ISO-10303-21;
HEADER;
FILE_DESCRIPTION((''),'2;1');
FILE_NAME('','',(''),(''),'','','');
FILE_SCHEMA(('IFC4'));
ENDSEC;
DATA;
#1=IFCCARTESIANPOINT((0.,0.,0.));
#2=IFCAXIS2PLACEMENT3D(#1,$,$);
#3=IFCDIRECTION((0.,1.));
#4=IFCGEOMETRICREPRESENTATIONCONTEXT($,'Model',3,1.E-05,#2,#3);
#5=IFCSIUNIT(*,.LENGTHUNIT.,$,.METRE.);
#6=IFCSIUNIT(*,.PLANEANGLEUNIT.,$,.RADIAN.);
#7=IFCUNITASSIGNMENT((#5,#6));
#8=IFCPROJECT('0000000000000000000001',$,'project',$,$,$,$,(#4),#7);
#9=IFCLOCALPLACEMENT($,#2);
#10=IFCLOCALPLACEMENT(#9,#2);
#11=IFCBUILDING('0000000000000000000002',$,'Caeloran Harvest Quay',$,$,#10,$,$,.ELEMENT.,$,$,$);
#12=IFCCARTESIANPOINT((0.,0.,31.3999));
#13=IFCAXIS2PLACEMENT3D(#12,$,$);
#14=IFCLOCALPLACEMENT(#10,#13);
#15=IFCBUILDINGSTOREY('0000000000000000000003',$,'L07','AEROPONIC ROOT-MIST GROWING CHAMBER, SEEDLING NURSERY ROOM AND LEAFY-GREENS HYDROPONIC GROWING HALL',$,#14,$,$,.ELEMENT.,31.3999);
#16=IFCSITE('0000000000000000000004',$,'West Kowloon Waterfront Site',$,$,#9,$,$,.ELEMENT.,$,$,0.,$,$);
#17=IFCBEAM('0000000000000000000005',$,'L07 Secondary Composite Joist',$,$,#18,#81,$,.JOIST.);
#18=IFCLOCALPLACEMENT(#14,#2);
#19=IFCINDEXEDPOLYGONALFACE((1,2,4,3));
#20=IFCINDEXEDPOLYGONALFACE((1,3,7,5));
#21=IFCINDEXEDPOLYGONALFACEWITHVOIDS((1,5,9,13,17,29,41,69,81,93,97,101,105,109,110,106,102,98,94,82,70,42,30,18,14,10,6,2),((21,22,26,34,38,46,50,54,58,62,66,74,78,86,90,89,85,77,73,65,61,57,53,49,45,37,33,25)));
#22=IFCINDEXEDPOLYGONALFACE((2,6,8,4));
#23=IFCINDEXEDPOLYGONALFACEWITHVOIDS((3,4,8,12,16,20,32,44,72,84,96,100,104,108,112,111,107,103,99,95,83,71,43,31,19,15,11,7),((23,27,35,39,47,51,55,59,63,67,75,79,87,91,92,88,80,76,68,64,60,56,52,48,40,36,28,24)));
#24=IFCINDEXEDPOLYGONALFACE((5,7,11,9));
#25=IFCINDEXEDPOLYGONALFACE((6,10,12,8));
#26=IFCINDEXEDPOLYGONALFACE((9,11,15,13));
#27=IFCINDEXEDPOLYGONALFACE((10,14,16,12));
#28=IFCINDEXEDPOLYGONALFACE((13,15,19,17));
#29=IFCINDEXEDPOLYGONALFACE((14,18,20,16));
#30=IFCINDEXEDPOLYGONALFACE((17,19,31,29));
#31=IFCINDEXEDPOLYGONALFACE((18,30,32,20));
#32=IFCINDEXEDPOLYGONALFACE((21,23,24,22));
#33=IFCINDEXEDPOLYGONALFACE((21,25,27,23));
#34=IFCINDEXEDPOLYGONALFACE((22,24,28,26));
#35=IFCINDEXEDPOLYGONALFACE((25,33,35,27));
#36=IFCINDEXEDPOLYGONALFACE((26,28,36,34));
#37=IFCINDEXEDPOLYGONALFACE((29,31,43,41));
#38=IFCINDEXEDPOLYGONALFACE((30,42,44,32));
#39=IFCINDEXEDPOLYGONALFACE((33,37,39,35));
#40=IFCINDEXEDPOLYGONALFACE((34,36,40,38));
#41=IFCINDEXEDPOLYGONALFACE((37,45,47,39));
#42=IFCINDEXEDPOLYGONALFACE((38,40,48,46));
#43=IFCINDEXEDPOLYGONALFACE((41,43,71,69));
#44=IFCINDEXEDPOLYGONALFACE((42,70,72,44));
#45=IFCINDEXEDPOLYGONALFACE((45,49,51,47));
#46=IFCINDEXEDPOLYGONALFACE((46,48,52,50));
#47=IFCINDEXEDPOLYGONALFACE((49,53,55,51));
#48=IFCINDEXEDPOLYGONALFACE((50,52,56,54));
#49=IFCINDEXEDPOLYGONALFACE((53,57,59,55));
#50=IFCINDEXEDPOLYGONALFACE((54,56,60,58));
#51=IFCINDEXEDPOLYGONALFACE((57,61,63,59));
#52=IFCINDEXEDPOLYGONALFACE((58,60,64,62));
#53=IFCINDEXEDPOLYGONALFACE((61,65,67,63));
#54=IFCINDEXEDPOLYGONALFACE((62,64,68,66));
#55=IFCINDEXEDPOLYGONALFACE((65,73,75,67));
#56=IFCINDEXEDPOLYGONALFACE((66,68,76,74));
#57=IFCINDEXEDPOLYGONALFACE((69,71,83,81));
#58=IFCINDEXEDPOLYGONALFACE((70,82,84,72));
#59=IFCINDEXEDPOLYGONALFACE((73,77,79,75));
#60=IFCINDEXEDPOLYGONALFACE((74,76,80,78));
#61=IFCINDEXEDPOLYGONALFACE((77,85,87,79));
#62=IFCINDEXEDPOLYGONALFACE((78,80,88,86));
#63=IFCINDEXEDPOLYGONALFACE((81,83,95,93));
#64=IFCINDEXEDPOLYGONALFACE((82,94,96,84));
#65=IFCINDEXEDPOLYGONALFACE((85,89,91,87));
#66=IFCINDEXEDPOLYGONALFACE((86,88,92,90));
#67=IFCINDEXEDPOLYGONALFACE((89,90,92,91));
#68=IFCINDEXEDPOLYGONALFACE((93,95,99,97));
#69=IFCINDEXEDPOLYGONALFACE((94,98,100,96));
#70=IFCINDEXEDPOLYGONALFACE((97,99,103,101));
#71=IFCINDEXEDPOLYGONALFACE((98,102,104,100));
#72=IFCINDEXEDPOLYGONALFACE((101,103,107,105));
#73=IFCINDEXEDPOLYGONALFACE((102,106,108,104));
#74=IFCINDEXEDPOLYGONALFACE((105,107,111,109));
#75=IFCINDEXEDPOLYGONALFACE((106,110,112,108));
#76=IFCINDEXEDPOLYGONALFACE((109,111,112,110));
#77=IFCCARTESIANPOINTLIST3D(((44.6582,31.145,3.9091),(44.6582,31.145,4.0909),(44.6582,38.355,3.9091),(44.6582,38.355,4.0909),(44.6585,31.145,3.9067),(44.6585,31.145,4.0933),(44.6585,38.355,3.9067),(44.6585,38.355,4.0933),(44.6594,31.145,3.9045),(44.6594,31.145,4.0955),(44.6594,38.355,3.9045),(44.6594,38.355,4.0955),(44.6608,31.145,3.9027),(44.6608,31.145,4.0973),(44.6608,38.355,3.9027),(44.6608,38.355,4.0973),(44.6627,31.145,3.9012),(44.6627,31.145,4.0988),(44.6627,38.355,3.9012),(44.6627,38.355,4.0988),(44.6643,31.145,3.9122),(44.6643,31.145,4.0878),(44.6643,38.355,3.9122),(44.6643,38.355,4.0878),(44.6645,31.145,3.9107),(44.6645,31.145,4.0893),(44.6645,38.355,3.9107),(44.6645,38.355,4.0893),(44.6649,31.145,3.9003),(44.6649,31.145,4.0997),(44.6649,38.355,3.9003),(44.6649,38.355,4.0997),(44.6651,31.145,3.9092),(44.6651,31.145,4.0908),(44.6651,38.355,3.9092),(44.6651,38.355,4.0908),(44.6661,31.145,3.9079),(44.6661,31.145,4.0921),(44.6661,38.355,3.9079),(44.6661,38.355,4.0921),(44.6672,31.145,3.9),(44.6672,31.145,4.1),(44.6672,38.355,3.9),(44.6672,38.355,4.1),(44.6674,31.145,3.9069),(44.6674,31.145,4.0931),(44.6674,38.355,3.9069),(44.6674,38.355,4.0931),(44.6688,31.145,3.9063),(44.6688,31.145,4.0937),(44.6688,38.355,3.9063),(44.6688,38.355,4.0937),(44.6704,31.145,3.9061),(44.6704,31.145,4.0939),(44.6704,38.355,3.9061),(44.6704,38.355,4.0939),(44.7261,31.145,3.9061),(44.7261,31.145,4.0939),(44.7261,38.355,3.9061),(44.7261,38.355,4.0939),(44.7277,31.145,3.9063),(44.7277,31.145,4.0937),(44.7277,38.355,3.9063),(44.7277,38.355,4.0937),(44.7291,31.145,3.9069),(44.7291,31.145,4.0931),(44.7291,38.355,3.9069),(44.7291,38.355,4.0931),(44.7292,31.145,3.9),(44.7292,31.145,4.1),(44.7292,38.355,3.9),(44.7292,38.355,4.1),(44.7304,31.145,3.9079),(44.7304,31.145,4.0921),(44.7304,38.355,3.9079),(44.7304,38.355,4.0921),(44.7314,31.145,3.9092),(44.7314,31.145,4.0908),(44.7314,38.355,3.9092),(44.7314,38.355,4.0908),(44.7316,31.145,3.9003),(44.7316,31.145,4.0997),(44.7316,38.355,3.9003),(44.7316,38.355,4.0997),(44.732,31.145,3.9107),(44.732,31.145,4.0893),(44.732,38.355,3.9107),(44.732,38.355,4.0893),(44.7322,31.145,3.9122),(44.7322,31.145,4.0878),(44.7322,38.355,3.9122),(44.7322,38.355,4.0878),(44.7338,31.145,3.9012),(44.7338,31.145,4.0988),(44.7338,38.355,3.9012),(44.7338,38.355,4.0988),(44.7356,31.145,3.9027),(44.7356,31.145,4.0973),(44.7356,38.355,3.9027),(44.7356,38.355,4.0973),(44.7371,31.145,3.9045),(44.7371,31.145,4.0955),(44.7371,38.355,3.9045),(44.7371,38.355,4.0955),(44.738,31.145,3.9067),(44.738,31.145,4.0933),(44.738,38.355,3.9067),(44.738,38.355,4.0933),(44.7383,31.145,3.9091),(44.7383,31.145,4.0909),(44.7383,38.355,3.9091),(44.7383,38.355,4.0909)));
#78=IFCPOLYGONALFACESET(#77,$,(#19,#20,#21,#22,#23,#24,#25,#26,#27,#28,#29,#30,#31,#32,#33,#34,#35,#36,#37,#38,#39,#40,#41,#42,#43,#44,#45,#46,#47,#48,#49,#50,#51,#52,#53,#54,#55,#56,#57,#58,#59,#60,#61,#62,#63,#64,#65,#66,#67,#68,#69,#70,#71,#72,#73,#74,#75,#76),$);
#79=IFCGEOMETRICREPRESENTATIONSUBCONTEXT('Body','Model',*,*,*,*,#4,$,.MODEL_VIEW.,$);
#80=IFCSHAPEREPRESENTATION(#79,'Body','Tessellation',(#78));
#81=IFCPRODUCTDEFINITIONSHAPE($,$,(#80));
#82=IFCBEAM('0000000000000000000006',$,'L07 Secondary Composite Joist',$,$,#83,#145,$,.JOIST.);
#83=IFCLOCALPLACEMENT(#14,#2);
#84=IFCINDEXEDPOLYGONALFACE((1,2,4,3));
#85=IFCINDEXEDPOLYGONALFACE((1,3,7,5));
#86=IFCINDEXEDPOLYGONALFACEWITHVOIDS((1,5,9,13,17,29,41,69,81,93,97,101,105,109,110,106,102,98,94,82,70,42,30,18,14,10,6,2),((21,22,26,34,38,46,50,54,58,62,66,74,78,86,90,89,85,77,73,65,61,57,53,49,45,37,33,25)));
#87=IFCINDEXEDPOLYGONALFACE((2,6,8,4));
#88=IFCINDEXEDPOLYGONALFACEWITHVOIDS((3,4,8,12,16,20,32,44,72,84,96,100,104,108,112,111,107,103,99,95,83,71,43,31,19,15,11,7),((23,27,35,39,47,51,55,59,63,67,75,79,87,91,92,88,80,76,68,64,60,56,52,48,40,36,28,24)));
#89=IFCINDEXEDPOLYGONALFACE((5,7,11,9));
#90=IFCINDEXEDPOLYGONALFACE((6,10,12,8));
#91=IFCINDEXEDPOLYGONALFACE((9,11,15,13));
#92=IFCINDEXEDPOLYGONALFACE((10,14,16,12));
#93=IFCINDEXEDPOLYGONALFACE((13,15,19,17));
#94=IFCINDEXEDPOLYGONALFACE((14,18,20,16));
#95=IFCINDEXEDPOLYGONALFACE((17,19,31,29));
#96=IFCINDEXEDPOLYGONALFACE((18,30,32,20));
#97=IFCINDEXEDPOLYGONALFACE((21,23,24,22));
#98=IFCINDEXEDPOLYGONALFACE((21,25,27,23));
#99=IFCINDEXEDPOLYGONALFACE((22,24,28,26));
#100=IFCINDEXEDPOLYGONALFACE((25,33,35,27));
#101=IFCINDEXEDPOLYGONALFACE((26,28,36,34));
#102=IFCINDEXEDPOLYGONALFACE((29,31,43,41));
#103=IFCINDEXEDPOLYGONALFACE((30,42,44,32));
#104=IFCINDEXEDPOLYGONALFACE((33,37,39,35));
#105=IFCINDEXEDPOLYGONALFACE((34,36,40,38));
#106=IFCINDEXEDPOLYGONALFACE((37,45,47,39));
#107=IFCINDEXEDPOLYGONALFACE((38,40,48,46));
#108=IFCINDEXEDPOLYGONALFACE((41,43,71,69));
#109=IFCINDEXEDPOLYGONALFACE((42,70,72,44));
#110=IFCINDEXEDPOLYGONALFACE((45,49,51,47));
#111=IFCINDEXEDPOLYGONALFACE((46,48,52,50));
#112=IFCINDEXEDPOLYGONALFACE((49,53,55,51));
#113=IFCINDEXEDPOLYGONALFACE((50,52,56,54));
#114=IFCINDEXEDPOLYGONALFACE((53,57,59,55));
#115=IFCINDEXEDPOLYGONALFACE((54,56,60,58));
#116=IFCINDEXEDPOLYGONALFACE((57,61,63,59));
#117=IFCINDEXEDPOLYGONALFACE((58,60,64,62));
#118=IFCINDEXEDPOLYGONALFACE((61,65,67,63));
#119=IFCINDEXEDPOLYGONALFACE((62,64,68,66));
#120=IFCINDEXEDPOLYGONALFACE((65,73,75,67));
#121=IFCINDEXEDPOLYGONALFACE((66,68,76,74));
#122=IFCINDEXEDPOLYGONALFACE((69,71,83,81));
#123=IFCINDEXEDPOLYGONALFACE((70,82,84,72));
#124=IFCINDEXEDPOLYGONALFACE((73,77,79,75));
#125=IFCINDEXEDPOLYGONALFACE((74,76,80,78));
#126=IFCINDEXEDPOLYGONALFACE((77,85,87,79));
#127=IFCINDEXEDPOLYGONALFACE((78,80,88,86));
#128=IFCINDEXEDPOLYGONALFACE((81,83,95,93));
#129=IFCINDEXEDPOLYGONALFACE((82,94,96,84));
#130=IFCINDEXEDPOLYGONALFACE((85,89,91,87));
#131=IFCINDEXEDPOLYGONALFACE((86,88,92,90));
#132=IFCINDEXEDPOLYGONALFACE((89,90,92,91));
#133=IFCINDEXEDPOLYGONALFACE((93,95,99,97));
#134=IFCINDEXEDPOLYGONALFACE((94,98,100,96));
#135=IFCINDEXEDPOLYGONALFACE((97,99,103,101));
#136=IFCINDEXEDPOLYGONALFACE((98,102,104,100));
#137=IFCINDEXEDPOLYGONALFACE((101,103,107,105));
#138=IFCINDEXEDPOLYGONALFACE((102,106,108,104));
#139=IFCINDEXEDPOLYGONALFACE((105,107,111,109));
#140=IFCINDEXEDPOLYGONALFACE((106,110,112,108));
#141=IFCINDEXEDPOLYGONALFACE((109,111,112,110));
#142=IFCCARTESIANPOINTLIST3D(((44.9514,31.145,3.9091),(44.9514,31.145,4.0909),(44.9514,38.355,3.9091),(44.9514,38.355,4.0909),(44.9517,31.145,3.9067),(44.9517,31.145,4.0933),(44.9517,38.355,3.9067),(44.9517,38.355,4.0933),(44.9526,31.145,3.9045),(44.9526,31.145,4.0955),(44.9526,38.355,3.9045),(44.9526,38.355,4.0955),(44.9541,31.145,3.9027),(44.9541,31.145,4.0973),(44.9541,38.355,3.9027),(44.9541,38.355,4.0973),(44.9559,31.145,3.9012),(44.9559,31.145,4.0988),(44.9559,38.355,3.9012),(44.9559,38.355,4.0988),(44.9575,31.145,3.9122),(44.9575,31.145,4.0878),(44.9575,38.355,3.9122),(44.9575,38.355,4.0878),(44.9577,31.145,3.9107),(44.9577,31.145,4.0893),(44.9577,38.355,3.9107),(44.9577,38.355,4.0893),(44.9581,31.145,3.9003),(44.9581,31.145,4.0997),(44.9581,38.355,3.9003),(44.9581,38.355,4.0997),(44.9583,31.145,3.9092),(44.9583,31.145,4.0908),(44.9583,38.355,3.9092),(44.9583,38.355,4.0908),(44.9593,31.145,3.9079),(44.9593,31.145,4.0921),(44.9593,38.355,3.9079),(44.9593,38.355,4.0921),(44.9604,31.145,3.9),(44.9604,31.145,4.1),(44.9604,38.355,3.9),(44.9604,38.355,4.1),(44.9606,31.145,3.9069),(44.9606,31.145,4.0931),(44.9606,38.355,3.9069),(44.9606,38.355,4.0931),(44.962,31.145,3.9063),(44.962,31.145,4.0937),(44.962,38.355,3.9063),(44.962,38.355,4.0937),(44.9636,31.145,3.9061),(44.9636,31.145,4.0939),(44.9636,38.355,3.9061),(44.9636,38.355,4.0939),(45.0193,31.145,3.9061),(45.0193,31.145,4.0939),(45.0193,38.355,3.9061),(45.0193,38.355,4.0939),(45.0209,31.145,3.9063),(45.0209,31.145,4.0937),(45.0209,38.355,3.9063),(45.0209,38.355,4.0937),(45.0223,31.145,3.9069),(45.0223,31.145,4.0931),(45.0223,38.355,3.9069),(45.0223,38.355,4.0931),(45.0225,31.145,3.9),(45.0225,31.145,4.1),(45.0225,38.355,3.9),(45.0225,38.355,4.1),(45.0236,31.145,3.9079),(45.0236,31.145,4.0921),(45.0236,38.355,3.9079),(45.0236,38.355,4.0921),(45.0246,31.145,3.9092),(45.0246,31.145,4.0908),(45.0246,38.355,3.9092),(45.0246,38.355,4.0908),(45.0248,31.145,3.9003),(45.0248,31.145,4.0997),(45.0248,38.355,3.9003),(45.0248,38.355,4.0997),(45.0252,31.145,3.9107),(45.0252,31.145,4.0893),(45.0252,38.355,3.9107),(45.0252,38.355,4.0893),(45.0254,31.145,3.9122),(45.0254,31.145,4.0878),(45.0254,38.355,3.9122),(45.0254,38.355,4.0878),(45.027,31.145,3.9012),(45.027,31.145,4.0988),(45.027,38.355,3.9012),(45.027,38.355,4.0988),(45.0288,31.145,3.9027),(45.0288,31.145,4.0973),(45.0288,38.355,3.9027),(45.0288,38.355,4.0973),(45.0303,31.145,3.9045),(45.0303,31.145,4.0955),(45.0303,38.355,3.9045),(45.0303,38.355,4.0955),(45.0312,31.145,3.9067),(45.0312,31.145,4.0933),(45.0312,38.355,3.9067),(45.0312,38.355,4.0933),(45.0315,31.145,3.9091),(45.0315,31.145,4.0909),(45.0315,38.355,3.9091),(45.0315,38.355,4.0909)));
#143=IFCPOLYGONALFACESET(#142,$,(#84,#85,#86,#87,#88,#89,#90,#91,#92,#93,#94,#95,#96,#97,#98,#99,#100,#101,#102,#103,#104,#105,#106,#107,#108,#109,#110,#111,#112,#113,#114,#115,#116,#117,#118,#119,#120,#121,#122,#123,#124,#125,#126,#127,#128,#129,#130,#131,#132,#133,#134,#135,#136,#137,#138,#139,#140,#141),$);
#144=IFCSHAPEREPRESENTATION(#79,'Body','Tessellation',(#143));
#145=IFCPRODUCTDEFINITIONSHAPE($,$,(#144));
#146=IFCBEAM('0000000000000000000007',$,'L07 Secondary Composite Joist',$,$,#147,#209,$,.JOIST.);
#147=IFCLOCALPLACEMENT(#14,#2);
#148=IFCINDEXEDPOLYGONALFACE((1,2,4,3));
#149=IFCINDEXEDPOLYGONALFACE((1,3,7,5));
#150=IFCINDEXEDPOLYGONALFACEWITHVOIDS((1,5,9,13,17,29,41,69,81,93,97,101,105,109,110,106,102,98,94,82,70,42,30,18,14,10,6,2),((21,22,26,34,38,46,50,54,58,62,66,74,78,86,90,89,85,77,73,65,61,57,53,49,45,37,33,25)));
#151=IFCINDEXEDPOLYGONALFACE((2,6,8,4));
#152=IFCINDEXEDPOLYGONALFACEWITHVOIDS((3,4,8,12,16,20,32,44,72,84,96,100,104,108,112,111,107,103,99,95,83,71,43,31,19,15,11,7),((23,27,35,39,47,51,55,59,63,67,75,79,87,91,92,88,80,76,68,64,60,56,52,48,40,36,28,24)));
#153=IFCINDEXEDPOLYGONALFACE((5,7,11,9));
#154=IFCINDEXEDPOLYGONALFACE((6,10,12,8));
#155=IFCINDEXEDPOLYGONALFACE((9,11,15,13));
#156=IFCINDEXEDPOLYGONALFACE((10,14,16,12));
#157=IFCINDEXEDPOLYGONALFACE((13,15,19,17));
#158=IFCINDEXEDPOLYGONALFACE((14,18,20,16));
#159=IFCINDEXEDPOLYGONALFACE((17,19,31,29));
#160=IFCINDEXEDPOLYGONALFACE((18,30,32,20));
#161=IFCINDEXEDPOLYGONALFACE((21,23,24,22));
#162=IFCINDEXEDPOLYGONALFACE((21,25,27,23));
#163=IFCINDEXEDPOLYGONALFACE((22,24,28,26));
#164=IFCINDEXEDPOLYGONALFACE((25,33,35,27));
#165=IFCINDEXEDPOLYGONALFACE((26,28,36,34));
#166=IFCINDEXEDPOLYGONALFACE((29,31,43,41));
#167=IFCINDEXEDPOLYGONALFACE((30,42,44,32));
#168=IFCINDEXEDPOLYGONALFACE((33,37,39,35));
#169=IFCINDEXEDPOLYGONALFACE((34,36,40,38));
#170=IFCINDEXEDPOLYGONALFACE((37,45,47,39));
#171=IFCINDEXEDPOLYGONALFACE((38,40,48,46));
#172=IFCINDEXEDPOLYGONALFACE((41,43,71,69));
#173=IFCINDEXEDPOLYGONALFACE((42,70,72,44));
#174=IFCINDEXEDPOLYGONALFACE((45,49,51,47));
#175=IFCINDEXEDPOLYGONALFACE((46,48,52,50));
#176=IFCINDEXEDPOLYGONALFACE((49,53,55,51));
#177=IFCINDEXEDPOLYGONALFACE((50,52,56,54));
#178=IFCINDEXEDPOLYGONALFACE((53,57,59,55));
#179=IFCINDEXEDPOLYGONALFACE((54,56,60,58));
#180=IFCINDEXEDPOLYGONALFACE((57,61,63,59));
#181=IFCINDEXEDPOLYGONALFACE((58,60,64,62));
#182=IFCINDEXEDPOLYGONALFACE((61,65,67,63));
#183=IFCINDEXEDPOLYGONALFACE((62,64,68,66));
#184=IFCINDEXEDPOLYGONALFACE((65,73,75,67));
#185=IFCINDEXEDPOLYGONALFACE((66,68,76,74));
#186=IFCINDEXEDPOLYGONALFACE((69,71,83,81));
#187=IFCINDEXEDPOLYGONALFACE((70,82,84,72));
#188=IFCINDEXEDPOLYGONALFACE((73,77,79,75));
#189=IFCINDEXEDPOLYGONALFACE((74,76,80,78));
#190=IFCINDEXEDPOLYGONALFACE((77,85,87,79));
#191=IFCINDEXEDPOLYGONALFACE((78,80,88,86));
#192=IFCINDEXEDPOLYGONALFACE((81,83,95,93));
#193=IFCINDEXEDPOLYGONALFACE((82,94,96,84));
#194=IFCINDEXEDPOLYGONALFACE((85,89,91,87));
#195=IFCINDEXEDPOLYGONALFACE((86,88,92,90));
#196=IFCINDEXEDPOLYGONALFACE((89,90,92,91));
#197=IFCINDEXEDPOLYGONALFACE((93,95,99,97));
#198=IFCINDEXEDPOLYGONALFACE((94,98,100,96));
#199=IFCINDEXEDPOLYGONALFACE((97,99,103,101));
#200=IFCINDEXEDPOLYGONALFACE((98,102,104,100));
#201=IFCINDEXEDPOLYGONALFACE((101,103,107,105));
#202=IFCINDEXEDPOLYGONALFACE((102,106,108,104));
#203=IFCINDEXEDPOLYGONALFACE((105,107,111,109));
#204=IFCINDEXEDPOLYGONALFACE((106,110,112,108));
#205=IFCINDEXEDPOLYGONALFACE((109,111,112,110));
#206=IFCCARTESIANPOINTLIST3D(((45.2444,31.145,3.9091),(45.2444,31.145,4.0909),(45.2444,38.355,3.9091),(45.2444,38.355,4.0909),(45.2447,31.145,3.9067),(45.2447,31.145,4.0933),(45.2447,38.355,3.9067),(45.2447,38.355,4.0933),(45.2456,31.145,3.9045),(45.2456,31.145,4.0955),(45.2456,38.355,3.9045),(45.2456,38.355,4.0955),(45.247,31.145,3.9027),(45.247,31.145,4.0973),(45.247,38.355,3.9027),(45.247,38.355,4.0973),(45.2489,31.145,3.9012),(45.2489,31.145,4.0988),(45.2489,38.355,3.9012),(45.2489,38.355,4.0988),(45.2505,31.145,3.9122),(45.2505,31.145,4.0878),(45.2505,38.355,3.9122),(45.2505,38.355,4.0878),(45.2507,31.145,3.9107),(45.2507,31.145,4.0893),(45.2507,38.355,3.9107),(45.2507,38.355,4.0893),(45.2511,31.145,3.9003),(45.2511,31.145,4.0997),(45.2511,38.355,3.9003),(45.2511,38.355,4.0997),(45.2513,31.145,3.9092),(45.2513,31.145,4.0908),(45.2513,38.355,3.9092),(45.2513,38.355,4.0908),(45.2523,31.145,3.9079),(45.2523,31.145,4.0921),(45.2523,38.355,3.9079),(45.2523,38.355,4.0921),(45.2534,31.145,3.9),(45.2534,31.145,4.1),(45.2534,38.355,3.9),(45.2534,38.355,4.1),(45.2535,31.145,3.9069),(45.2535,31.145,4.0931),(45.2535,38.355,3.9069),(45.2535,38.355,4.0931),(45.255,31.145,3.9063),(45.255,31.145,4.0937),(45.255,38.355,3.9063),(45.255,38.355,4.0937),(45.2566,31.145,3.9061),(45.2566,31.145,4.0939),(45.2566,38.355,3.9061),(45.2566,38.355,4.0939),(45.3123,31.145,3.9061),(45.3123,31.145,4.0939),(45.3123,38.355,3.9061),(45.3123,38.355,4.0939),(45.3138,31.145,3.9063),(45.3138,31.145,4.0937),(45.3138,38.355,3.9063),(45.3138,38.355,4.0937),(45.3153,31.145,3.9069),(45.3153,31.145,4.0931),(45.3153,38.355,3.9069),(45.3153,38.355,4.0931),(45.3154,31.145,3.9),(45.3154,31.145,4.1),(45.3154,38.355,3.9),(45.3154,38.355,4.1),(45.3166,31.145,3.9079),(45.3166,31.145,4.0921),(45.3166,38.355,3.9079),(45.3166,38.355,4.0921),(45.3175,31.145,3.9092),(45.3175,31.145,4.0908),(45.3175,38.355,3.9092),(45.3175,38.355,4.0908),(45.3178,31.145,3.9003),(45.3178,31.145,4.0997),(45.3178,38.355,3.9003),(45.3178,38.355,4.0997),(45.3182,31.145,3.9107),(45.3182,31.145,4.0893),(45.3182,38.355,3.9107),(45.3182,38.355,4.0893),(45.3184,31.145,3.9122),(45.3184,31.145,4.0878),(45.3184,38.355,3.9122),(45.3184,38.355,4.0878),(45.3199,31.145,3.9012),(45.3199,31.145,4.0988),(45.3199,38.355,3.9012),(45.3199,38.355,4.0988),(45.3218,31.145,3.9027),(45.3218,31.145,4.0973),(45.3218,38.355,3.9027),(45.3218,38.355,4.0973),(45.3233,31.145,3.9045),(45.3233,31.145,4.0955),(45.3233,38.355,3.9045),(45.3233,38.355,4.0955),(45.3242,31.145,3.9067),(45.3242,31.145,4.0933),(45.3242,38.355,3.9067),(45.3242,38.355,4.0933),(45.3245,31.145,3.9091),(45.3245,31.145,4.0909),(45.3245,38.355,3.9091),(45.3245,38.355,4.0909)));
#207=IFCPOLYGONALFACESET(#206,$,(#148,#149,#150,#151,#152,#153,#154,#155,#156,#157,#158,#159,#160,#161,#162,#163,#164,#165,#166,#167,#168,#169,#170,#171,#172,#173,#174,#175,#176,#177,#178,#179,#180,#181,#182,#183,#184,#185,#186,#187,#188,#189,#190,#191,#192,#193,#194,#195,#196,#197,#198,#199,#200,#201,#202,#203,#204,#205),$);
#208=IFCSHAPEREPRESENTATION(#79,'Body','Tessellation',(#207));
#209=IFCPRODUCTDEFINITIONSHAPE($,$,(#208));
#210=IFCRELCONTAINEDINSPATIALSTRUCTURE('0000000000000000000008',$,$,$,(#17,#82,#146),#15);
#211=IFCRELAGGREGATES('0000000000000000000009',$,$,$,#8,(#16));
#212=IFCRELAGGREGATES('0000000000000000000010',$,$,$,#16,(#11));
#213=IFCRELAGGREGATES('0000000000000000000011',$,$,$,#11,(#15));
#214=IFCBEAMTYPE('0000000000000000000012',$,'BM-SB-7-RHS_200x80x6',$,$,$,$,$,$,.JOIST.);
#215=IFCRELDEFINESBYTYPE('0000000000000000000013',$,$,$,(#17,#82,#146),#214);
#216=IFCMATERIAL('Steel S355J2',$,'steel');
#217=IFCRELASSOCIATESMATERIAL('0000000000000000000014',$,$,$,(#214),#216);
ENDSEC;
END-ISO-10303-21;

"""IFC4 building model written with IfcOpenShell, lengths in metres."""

from ifc_helpers import new_model, si_unit, direction, frame, origin, origin_2d, place, context, subcontext, project, spatial, hollow_rectangle, extrude, material, material_profile, profile_set, type_object, element, save


model = new_model("IFC4")

# Units and contexts
model_context = context("Model", 3, precision=1e-05, world=origin(), true_north=direction((0.0, 1.0)))
body_context = subcontext(model_context, "Body", "Model", "MODEL_VIEW")
ifc_project = project(units=[si_unit("LENGTHUNIT", "METRE"), si_unit("PLANEANGLEUNIT", "RADIAN")], contexts=[model_context])

# Site, building, storey
site_placement = place(None, origin())
site = spatial("IfcSite", under=ifc_project, at=site_placement, Name="West Kowloon Waterfront Site", CompositionType="ELEMENT", RefElevation=0.0)
building_placement = place(site_placement, origin())
building = spatial("IfcBuilding", under=site, at=building_placement, Name="Caeloran Harvest Quay", CompositionType="ELEMENT")
storey_placement = place(building_placement, frame((0.0, 0.0, 31.3999)))
storey = spatial("IfcBuildingStorey", under=building, at=storey_placement, Name="L07", Description="AEROPONIC ROOT-MIST GROWING CHAMBER, SEEDLING NURSERY ROOM AND LEAFY-GREENS HYDROPONIC GROWING HALL", CompositionType="ELEMENT", Elevation=31.3999)

# Beams
ifc_material_1 = material(Name="Steel S355J2", Category="steel")
ifc_material_profile_1 = material_profile(ifc_material_1, hollow_rectangle(XDim=0.0801, YDim=0.2, WallThickness=0.0061, InnerFilletRadius=0.0061, OuterFilletRadius=0.009, at=origin_2d()), Name="RHS 200x80x6")
ifc_profile_set_1 = profile_set([ifc_material_profile_1], Name="Steel S355J2")
beam_type_1 = type_object("IfcBeamType", Name="BM-SB-7-RHS_200x80x6", PredefinedType="JOIST", material=ifc_profile_set_1)
for number, where, z_axis, x_axis, name in (
    (1, (44.6982, 31.145, 4.0), (0.0, 1.0, 0.0), (-1.0, 0.0, 0.0), "L07 Secondary Composite Joist"),
    (2, (44.9915, 31.145, 4.0), (0.0, 1.0, 0.0), (-1.0, 0.0, 0.0), "L07 Secondary Composite Joist"),
    (3, (45.2844, 31.145, 4.0), (0.0, 1.0, 0.0), (-1.0, 0.0, 0.0), "L07 Secondary Composite Joist"),
):
    element("IfcBeam", number, at=place(storey_placement, frame(where, z_axis=z_axis, x_axis=x_axis)), inside=storey, type_object=beam_type_1, Name=name, PredefinedType="JOIST", context=body_context, shape_type="SweptSolid", body=[
        extrude(hollow_rectangle(XDim=0.0801, YDim=0.2, WallThickness=0.0061, InnerFilletRadius=0.0061, OuterFilletRadius=0.009, at=origin_2d()), origin(), (0.0, 0.0, 1.0), 7.21),
    ])

save(model, "model.ifc")
